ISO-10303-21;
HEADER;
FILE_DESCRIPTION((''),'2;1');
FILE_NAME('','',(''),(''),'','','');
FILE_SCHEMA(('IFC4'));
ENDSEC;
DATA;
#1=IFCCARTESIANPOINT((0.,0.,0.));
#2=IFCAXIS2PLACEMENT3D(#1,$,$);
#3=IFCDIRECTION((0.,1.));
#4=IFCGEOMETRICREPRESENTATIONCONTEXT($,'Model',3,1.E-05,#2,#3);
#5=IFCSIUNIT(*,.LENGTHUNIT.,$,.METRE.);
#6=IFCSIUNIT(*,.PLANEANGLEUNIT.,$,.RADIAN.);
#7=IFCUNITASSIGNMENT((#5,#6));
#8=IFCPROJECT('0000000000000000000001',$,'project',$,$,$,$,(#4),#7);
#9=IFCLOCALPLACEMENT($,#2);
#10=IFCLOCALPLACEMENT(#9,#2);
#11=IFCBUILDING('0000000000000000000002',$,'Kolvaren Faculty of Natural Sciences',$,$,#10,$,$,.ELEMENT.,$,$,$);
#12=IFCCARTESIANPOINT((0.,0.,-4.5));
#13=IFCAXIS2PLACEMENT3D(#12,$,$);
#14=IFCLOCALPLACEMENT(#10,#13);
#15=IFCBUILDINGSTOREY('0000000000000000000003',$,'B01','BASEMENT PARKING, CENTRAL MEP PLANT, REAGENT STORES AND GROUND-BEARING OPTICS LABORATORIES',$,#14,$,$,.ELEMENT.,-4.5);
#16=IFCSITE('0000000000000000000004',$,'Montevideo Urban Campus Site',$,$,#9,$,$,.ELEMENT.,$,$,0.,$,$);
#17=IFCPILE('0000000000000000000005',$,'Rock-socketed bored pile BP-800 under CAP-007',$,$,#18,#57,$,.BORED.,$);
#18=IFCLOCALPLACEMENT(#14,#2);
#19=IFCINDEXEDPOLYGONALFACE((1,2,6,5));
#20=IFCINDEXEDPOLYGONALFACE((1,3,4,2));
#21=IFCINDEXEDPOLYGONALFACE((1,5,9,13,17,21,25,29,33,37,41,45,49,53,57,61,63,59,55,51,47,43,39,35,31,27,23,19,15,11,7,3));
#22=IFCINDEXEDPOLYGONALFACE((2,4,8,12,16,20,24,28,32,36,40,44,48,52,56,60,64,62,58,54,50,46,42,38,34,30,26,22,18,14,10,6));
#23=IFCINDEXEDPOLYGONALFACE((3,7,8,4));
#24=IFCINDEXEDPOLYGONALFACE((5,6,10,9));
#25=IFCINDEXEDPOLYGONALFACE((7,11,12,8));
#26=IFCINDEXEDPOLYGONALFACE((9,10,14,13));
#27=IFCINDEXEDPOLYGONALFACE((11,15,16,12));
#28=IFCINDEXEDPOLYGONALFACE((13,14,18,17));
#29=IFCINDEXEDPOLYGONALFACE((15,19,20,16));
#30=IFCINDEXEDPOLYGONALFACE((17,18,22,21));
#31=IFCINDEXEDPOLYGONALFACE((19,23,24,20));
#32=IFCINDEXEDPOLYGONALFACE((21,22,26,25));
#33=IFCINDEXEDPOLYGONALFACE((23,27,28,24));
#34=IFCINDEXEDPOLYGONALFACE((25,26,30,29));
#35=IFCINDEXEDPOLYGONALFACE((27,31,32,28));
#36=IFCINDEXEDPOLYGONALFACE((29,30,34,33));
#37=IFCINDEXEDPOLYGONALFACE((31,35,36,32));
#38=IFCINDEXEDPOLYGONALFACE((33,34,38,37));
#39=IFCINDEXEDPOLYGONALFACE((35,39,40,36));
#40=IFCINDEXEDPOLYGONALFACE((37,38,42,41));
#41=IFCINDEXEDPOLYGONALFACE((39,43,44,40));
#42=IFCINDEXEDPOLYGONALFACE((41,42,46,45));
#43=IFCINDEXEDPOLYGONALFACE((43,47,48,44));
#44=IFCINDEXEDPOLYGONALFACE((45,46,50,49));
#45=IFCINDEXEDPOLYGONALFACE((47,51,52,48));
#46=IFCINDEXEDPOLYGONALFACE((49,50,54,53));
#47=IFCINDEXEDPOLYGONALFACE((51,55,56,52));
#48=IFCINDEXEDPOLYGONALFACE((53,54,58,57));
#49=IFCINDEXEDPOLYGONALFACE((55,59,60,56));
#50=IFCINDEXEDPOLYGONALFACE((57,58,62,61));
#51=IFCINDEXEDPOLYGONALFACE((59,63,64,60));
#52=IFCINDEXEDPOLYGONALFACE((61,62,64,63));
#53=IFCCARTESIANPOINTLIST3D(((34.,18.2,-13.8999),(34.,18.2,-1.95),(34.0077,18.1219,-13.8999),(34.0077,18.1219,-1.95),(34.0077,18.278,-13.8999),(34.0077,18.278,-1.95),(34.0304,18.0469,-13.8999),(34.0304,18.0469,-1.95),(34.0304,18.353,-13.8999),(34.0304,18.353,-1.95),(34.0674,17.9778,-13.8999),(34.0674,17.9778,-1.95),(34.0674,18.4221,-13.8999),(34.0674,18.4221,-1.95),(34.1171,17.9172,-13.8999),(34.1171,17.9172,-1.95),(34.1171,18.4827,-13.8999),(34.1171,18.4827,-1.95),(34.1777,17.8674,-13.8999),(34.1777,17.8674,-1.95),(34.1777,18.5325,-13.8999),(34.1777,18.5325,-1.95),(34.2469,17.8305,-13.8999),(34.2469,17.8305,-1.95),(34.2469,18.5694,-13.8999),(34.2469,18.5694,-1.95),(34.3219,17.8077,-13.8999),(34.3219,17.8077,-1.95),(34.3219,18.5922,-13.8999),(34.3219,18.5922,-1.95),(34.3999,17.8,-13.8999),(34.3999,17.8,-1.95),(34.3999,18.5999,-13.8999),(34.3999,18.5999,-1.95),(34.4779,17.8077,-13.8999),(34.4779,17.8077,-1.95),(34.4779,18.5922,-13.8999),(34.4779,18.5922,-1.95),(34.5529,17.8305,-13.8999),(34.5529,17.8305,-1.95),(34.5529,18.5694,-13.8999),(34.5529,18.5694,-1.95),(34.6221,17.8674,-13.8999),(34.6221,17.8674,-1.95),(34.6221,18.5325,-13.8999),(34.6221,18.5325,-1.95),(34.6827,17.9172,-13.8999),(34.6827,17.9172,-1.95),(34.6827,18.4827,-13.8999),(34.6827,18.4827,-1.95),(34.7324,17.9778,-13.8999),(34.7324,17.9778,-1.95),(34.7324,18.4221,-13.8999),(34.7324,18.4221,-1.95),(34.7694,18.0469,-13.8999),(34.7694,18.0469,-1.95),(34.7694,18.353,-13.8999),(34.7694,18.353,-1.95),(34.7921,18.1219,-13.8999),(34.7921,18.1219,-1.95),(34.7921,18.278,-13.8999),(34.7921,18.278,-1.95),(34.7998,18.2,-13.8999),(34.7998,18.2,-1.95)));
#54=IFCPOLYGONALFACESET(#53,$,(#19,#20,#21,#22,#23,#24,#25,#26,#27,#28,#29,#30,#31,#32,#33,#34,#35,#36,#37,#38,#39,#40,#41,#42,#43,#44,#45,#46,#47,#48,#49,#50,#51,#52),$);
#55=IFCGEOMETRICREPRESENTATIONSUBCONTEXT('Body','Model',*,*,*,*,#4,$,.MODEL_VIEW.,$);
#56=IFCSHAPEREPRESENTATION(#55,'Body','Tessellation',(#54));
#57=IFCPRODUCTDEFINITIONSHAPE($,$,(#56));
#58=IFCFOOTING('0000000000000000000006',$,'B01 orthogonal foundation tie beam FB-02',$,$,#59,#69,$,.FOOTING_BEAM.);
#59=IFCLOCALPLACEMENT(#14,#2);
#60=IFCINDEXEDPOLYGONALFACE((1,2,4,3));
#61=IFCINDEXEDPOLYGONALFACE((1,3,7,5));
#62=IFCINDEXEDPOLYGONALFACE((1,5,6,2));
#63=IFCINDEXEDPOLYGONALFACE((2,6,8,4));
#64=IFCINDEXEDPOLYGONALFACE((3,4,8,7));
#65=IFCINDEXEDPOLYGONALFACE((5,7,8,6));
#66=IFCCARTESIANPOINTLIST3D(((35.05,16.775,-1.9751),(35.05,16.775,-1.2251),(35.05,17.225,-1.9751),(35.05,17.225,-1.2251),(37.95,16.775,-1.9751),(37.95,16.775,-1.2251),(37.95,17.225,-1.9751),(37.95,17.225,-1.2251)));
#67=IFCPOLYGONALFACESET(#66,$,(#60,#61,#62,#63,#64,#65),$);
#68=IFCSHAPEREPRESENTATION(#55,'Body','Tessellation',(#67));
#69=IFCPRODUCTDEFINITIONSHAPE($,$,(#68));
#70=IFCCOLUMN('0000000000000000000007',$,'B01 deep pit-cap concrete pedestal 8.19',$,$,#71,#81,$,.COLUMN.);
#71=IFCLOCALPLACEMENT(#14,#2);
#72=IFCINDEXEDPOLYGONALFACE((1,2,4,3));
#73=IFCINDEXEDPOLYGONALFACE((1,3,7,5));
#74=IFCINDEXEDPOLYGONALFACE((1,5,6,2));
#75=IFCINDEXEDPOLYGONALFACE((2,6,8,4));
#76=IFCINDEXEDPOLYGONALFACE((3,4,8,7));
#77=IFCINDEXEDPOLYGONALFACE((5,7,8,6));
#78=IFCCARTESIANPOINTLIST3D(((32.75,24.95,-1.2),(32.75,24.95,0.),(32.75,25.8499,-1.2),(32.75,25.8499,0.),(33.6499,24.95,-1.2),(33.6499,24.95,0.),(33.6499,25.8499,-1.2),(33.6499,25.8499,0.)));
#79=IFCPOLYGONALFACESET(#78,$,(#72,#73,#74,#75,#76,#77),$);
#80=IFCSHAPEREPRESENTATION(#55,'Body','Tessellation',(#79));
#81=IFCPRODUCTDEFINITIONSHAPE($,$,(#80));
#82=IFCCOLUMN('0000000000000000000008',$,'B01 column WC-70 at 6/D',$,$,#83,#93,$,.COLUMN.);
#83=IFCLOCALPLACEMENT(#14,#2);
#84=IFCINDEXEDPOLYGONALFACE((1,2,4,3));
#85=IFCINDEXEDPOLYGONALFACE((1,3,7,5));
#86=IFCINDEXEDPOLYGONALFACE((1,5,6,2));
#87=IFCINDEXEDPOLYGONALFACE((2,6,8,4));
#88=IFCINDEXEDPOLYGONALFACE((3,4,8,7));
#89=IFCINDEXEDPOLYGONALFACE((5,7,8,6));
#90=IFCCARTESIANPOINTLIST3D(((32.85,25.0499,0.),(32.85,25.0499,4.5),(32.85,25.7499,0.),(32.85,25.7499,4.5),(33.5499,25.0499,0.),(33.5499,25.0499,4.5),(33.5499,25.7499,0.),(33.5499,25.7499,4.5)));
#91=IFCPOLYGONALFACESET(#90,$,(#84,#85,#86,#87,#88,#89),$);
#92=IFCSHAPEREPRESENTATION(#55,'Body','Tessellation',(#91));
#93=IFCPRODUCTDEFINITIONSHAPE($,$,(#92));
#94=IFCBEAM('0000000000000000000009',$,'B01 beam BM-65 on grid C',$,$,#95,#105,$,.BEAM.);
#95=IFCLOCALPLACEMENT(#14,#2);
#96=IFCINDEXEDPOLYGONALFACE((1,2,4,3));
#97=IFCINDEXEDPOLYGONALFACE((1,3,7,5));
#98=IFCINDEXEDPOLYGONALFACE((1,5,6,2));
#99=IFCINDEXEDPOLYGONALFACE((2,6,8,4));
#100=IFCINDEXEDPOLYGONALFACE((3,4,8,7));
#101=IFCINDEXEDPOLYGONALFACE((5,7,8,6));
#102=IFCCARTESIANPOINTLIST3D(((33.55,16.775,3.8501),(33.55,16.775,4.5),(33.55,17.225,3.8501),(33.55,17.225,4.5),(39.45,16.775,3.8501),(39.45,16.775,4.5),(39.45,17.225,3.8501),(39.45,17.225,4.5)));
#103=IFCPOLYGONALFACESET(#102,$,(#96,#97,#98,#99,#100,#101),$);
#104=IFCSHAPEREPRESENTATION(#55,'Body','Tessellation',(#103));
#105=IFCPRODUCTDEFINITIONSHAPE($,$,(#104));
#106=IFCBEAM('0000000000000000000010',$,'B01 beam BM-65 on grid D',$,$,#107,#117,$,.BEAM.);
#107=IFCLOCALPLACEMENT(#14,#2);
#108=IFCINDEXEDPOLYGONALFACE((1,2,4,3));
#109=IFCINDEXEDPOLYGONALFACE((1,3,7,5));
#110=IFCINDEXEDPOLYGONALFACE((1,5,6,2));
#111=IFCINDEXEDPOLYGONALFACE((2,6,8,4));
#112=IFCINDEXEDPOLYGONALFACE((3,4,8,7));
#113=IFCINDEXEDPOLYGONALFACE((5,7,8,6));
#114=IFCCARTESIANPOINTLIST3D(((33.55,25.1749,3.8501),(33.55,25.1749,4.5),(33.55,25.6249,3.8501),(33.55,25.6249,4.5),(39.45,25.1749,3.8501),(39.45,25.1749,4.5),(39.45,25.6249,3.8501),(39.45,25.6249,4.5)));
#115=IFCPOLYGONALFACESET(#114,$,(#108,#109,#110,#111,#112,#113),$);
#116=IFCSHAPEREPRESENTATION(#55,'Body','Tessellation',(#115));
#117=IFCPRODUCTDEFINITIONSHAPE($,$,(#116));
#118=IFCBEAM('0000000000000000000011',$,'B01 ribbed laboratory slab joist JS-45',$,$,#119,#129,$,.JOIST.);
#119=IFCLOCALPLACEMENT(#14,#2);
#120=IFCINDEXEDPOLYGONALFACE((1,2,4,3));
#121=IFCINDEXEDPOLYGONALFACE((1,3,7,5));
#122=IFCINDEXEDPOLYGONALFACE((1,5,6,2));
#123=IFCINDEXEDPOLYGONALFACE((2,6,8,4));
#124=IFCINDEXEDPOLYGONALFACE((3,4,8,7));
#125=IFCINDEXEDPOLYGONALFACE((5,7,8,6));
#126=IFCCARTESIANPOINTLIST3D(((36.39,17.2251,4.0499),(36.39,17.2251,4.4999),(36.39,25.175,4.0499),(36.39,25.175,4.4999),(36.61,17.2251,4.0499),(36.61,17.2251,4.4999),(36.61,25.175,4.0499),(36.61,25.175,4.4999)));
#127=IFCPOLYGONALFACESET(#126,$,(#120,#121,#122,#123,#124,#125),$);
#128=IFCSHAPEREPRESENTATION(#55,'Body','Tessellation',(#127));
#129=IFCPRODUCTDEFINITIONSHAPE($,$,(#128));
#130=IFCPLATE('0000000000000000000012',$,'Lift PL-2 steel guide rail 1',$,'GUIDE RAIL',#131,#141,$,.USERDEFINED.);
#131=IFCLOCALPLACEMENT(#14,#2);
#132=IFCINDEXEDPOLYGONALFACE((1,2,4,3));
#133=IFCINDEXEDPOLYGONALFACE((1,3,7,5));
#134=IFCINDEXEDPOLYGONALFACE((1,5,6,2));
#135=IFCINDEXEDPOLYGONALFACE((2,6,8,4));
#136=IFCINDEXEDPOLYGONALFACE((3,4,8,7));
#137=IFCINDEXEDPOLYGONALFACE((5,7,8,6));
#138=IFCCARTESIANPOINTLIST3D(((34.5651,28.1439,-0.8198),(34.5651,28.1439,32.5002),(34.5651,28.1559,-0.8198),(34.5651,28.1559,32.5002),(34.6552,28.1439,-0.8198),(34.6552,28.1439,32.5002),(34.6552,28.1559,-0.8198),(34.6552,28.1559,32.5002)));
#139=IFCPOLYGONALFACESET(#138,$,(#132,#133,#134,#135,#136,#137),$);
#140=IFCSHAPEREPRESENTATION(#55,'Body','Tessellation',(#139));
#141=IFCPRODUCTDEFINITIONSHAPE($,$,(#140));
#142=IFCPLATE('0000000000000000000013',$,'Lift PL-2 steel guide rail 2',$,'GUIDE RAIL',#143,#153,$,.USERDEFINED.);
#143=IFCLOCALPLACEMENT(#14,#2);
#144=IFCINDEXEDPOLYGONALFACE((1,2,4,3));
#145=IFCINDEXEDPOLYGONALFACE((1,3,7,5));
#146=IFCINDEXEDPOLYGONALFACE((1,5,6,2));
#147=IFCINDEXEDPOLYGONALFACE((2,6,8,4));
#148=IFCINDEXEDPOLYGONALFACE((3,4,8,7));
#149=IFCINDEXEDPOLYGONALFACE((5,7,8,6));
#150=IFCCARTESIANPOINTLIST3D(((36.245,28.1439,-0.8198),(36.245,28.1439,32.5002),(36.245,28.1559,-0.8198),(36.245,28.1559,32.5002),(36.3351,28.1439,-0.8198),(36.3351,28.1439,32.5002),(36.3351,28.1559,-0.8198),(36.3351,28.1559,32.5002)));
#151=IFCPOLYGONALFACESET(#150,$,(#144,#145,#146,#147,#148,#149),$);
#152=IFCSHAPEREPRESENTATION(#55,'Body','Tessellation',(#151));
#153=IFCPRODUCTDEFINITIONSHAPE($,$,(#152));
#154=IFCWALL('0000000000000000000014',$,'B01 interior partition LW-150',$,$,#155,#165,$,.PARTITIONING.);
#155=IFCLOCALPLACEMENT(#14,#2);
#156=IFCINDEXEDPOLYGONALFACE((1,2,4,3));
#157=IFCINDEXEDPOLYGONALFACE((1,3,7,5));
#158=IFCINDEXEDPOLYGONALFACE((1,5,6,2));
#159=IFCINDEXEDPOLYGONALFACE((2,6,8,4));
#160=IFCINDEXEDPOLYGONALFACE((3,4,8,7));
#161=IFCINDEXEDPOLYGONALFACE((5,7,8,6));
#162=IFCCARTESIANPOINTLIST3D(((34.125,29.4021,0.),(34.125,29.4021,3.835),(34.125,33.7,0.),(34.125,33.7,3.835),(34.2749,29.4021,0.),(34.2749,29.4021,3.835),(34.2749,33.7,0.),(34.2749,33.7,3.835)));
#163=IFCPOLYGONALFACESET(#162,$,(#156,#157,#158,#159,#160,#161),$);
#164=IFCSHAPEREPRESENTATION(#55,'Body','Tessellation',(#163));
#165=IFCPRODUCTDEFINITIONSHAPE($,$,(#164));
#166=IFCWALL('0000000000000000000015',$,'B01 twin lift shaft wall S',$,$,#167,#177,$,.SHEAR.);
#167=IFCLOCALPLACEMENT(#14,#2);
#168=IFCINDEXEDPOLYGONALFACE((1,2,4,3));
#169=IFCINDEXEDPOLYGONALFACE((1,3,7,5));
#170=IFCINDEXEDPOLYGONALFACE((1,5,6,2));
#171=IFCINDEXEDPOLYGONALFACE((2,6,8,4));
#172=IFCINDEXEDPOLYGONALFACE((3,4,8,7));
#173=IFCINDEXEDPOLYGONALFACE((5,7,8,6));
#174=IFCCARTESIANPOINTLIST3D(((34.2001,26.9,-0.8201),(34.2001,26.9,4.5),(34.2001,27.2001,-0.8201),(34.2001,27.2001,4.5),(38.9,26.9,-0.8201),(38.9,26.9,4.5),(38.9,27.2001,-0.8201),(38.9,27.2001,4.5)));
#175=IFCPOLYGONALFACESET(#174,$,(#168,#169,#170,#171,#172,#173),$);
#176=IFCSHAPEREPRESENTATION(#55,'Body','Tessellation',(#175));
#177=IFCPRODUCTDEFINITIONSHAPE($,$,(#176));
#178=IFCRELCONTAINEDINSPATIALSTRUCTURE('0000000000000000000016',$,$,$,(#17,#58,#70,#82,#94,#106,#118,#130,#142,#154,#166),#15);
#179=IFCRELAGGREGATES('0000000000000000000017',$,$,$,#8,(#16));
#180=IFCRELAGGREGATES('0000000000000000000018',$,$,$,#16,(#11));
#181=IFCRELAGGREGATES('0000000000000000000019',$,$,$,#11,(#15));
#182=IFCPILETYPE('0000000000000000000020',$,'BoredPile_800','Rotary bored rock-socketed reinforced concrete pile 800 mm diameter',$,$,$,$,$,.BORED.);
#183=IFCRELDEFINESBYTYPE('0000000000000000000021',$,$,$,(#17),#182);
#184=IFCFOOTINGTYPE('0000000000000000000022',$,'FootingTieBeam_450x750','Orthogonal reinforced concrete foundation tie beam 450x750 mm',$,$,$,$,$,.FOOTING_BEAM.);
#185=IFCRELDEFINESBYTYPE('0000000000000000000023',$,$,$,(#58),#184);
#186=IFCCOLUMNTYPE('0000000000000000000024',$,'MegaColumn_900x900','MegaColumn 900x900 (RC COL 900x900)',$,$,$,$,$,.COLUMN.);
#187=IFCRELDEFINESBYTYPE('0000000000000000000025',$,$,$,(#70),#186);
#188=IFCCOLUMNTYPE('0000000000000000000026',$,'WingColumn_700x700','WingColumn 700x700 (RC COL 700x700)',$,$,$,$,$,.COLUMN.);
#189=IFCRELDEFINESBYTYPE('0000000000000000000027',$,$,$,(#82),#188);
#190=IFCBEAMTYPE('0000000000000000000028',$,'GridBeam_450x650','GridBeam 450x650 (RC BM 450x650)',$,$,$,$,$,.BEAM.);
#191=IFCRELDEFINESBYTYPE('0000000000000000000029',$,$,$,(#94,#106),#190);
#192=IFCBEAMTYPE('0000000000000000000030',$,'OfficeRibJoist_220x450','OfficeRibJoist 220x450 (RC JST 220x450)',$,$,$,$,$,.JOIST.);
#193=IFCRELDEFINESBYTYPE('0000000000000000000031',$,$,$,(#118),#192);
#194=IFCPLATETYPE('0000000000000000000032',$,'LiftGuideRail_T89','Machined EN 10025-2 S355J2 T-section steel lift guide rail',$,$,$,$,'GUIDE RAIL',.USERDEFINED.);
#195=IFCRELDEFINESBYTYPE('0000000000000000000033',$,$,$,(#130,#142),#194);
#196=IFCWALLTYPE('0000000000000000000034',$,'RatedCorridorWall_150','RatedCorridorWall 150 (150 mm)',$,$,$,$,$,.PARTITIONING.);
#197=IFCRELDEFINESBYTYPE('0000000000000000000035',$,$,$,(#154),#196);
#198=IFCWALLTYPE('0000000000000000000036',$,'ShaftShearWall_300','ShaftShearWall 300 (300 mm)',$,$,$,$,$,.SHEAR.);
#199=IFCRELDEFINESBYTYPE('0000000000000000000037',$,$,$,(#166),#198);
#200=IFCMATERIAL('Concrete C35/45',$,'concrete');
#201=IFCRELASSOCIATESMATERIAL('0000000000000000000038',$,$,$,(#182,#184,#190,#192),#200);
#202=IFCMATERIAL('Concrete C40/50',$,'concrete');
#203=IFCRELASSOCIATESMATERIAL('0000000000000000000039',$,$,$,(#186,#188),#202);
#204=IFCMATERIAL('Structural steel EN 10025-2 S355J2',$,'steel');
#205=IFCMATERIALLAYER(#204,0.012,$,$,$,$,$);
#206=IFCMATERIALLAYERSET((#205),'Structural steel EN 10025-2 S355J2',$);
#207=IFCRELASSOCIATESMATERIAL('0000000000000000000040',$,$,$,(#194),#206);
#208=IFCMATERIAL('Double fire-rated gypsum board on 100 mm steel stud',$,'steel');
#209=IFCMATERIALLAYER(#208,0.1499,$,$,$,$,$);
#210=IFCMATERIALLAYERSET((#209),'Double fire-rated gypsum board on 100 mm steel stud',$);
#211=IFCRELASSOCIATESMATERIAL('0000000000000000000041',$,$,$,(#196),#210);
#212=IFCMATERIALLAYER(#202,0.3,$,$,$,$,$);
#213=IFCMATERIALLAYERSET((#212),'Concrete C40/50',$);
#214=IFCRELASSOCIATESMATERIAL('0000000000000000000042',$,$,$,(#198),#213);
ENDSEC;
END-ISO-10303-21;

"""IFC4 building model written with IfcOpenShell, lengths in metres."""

from ifc_helpers import new_model, si_unit, direction, frame, frame_2d, origin, origin_2d, place, context, subcontext, project, spatial, rectangle, circle, extrude, material, layer, layer_set, material_profile, profile_set, type_object, element, save


model = new_model("IFC4")

# Units and contexts
model_context = context("Model", 3, precision=1e-05, world=origin(), true_north=direction((0.0, 1.0)))
body_context = subcontext(model_context, "Body", "Model", "MODEL_VIEW")
ifc_project = project(units=[si_unit("LENGTHUNIT", "METRE"), si_unit("PLANEANGLEUNIT", "RADIAN")], contexts=[model_context])

# Site, building, storey
site_placement = place(None, origin())
site = spatial("IfcSite", under=ifc_project, at=site_placement, Name="Montevideo Urban Campus Site", CompositionType="ELEMENT", RefElevation=0.0)
building_placement = place(site_placement, origin())
building = spatial("IfcBuilding", under=site, at=building_placement, Name="Kolvaren Faculty of Natural Sciences", CompositionType="ELEMENT")
storey_placement = place(building_placement, frame((0.0, 0.0, -4.5)))
storey = spatial("IfcBuildingStorey", under=building, at=storey_placement, Name="B01", Description="BASEMENT PARKING, CENTRAL MEP PLANT, REAGENT STORES AND GROUND-BEARING OPTICS LABORATORIES", CompositionType="ELEMENT", Elevation=-4.5)

# Pile
ifc_material_1 = material(Name="Concrete C35/45", Category="concrete")
ifc_material_profile_1 = material_profile(ifc_material_1, circle(Radius=0.3999, at=origin_2d()), Name="PILE D800")
ifc_profile_set_1 = profile_set([ifc_material_profile_1], Name="Concrete C35/45")
pile_type_1 = type_object("IfcPileType", Name="BoredPile_800", Description="Rotary bored rock-socketed reinforced concrete pile 800 mm diameter", PredefinedType="BORED", material=ifc_profile_set_1)
for number, where, z_axis, x_axis, name in (
    (1, (34.3999, 18.2, -1.95), (0.0, 0.0, -1.0), (1.0, 0.0, 0.0), "Rock-socketed bored pile BP-800 under CAP-007"),
):
    element("IfcPile", number, at=place(storey_placement, frame(where, z_axis=z_axis, x_axis=x_axis)), inside=storey, type_object=pile_type_1, Name=name, PredefinedType="BORED", context=body_context, shape_type="SweptSolid", body=[
        extrude(circle(Radius=0.3999, at=origin_2d()), origin(), (0.0, 0.0, 1.0), 11.95),
    ])

# Footing
ifc_material_profile_2 = material_profile(ifc_material_1, rectangle(XDim=0.45, YDim=0.75, at=origin_2d()), Name="RC FB 450x750")
ifc_profile_set_2 = profile_set([ifc_material_profile_2], Name="Concrete C35/45")
footing_type = type_object("IfcFootingType", Name="FootingTieBeam_450x750", Description="Orthogonal reinforced concrete foundation tie beam 450x750 mm", PredefinedType="FOOTING_BEAM", material=ifc_profile_set_2)
footing_placement = place(storey_placement, frame((35.05, 17.0, -1.6001), z_axis=(1.0, 0.0, 0.0), x_axis=(0.0, 1.0, 0.0)))
element("IfcFooting", 2, at=footing_placement, inside=storey, type_object=footing_type, Name="B01 orthogonal foundation tie beam FB-02", PredefinedType="FOOTING_BEAM", context=body_context, shape_type="SweptSolid", body=[
    extrude(rectangle(XDim=0.45, YDim=0.75, at=origin_2d()), origin(), (0.0, 0.0, 1.0), 2.8999),
])

# Columns
ifc_material_2 = material(Name="Concrete C40/50", Category="concrete")
ifc_material_profile_3 = material_profile(ifc_material_2, rectangle(XDim=0.8999, YDim=0.8999, at=origin_2d()), Name="RC COL 900x900")
ifc_profile_set_3 = profile_set([ifc_material_profile_3], Name="Concrete C40/50")
column_type_1 = type_object("IfcColumnType", Name="MegaColumn_900x900", Description="MegaColumn 900x900 (RC COL 900x900)", PredefinedType="COLUMN", material=ifc_profile_set_3)
column_1_placement = place(storey_placement, frame((33.2, 25.3999, -1.2), z_axis=(0.0, 0.0, 1.0), x_axis=(1.0, 0.0, 0.0)))
element("IfcColumn", 3, at=column_1_placement, inside=storey, type_object=column_type_1, Name="B01 deep pit-cap concrete pedestal 8.19", PredefinedType="COLUMN", context=body_context, shape_type="SweptSolid", body=[
    extrude(rectangle(XDim=0.8999, YDim=0.8999, at=origin_2d()), origin(), (0.0, 0.0, 1.0), 1.2),
])
ifc_material_profile_4 = material_profile(ifc_material_2, rectangle(XDim=0.7, YDim=0.7, at=origin_2d()), Name="RC COL 700x700")
ifc_profile_set_4 = profile_set([ifc_material_profile_4], Name="Concrete C40/50")
column_type_2 = type_object("IfcColumnType", Name="WingColumn_700x700", Description="WingColumn 700x700 (RC COL 700x700)", PredefinedType="COLUMN", material=ifc_profile_set_4)
column_2_placement = place(storey_placement, frame((33.2, 25.3999, 0.0), z_axis=(0.0, 0.0, 1.0), x_axis=(1.0, 0.0, 0.0)))
element("IfcColumn", 4, at=column_2_placement, inside=storey, type_object=column_type_2, Name="B01 column WC-70 at 6/D", PredefinedType="COLUMN", context=body_context, shape_type="SweptSolid", body=[
    extrude(rectangle(XDim=0.7, YDim=0.7, at=origin_2d()), origin(), (0.0, 0.0, 1.0), 4.5),
])

# Beams
ifc_material_profile_5 = material_profile(ifc_material_1, rectangle(XDim=0.45, YDim=0.6499, at=origin_2d()), Name="RC BM 450x650")
ifc_profile_set_5 = profile_set([ifc_material_profile_5], Name="Concrete C35/45")
beam_type_1 = type_object("IfcBeamType", Name="GridBeam_450x650", Description="GridBeam 450x650 (RC BM 450x650)", PredefinedType="BEAM", material=ifc_profile_set_5)
for number, where, z_axis, x_axis, name in (
    (5, (33.55, 17.0, 4.175), (1.0, 0.0, 0.0), (0.0, 1.0, 0.0), "B01 beam BM-65 on grid C"),
    (6, (33.55, 25.3999, 4.175), (1.0, 0.0, 0.0), (0.0, 1.0, 0.0), "B01 beam BM-65 on grid D"),
):
    element("IfcBeam", number, at=place(storey_placement, frame(where, z_axis=z_axis, x_axis=x_axis)), inside=storey, type_object=beam_type_1, Name=name, PredefinedType="BEAM", context=body_context, shape_type="SweptSolid", body=[
        extrude(rectangle(XDim=0.45, YDim=0.6499, at=origin_2d()), origin(), (0.0, 0.0, 1.0), 5.8999),
    ])
ifc_material_profile_6 = material_profile(ifc_material_1, rectangle(XDim=0.22, YDim=0.45, at=origin_2d()), Name="RC JST 220x450")
ifc_profile_set_6 = profile_set([ifc_material_profile_6], Name="Concrete C35/45")
beam_type_2 = type_object("IfcBeamType", Name="OfficeRibJoist_220x450", Description="OfficeRibJoist 220x450 (RC JST 220x450)", PredefinedType="JOIST", material=ifc_profile_set_6)
beam_placement = place(storey_placement, frame((36.5, 17.2251, 4.2749), z_axis=(0.0, 1.0, 0.0), x_axis=(-1.0, 0.0, 0.0)))
element("IfcBeam", 7, at=beam_placement, inside=storey, type_object=beam_type_2, Name="B01 ribbed laboratory slab joist JS-45", PredefinedType="JOIST", context=body_context, shape_type="SweptSolid", body=[
    extrude(rectangle(XDim=0.22, YDim=0.45, at=origin_2d()), origin(), (0.0, 0.0, 1.0), 7.95),
])

# Plates
ifc_material_3 = material(Name="Structural steel EN 10025-2 S355J2", Category="steel")
ifc_layer_1 = layer(ifc_material_3, 0.012)
ifc_layer_set_1 = layer_set([ifc_layer_1], Name="Structural steel EN 10025-2 S355J2")
plate_type = type_object("IfcPlateType", Name="LiftGuideRail_T89", Description="Machined EN 10025-2 S355J2 T-section steel lift guide rail", ElementType="GUIDE RAIL", PredefinedType="USERDEFINED", material=ifc_layer_set_1)
for number, where, z_axis, x_axis, name in (
    (8, (34.6101, 28.1499, -0.8198), (0.0, 0.0, 1.0), (1.0, 0.0, 0.0), "Lift PL-2 steel guide rail 1"),
    (9, (36.29, 28.1499, -0.8198), (0.0, 0.0, 1.0), (1.0, 0.0, 0.0), "Lift PL-2 steel guide rail 2"),
):
    element("IfcPlate", number, at=place(storey_placement, frame(where, z_axis=z_axis, x_axis=x_axis)), inside=storey, type_object=plate_type, Name=name, ObjectType="GUIDE RAIL", PredefinedType="USERDEFINED", context=body_context, shape_type="SweptSolid", body=[
        extrude(rectangle(XDim=0.0901, YDim=0.012, at=origin_2d()), origin(), (0.0, 0.0, 1.0), 33.3201),
    ])

# Walls
ifc_material_4 = material(Name="Double fire-rated gypsum board on 100 mm steel stud", Category="steel")
ifc_layer_2 = layer(ifc_material_4, 0.1499)
ifc_layer_set_2 = layer_set([ifc_layer_2], Name="Double fire-rated gypsum board on 100 mm steel stud")
wall_type_1 = type_object("IfcWallType", Name="RatedCorridorWall_150", Description="RatedCorridorWall 150 (150 mm)", PredefinedType="PARTITIONING", material=ifc_layer_set_2)
wall_1_placement = place(storey_placement, frame((34.2, 29.4021, 0.0), z_axis=(0.0, 0.0, 1.0), x_axis=(0.0, 1.0, 0.0)))
element("IfcWall", 10, at=wall_1_placement, inside=storey, type_object=wall_type_1, Name="B01 interior partition LW-150", PredefinedType="PARTITIONING", context=body_context, shape_type="SweptSolid", body=[
    extrude(rectangle(XDim=4.2979, YDim=0.1499, at=frame_2d((2.1489, 0.0))), origin(), (0.0, 0.0, 1.0), 3.835),
])
ifc_layer_3 = layer(ifc_material_2, 0.3)
ifc_layer_set_3 = layer_set([ifc_layer_3], Name="Concrete C40/50")
wall_type_2 = type_object("IfcWallType", Name="ShaftShearWall_300", Description="ShaftShearWall 300 (300 mm)", PredefinedType="SHEAR", material=ifc_layer_set_3)
wall_2_placement = place(storey_placement, frame((34.2, 27.05, -0.8201), z_axis=(0.0, 0.0, 1.0), x_axis=(1.0, 0.0, 0.0)))
element("IfcWall", 11, at=wall_2_placement, inside=storey, type_object=wall_type_2, Name="B01 twin lift shaft wall S", PredefinedType="SHEAR", context=body_context, shape_type="SweptSolid", body=[
    extrude(rectangle(XDim=4.7, YDim=0.3, at=frame_2d((2.3501, 0.0))), origin(), (0.0, 0.0, 1.0), 5.3201),
])

save(model, "model.ifc")
